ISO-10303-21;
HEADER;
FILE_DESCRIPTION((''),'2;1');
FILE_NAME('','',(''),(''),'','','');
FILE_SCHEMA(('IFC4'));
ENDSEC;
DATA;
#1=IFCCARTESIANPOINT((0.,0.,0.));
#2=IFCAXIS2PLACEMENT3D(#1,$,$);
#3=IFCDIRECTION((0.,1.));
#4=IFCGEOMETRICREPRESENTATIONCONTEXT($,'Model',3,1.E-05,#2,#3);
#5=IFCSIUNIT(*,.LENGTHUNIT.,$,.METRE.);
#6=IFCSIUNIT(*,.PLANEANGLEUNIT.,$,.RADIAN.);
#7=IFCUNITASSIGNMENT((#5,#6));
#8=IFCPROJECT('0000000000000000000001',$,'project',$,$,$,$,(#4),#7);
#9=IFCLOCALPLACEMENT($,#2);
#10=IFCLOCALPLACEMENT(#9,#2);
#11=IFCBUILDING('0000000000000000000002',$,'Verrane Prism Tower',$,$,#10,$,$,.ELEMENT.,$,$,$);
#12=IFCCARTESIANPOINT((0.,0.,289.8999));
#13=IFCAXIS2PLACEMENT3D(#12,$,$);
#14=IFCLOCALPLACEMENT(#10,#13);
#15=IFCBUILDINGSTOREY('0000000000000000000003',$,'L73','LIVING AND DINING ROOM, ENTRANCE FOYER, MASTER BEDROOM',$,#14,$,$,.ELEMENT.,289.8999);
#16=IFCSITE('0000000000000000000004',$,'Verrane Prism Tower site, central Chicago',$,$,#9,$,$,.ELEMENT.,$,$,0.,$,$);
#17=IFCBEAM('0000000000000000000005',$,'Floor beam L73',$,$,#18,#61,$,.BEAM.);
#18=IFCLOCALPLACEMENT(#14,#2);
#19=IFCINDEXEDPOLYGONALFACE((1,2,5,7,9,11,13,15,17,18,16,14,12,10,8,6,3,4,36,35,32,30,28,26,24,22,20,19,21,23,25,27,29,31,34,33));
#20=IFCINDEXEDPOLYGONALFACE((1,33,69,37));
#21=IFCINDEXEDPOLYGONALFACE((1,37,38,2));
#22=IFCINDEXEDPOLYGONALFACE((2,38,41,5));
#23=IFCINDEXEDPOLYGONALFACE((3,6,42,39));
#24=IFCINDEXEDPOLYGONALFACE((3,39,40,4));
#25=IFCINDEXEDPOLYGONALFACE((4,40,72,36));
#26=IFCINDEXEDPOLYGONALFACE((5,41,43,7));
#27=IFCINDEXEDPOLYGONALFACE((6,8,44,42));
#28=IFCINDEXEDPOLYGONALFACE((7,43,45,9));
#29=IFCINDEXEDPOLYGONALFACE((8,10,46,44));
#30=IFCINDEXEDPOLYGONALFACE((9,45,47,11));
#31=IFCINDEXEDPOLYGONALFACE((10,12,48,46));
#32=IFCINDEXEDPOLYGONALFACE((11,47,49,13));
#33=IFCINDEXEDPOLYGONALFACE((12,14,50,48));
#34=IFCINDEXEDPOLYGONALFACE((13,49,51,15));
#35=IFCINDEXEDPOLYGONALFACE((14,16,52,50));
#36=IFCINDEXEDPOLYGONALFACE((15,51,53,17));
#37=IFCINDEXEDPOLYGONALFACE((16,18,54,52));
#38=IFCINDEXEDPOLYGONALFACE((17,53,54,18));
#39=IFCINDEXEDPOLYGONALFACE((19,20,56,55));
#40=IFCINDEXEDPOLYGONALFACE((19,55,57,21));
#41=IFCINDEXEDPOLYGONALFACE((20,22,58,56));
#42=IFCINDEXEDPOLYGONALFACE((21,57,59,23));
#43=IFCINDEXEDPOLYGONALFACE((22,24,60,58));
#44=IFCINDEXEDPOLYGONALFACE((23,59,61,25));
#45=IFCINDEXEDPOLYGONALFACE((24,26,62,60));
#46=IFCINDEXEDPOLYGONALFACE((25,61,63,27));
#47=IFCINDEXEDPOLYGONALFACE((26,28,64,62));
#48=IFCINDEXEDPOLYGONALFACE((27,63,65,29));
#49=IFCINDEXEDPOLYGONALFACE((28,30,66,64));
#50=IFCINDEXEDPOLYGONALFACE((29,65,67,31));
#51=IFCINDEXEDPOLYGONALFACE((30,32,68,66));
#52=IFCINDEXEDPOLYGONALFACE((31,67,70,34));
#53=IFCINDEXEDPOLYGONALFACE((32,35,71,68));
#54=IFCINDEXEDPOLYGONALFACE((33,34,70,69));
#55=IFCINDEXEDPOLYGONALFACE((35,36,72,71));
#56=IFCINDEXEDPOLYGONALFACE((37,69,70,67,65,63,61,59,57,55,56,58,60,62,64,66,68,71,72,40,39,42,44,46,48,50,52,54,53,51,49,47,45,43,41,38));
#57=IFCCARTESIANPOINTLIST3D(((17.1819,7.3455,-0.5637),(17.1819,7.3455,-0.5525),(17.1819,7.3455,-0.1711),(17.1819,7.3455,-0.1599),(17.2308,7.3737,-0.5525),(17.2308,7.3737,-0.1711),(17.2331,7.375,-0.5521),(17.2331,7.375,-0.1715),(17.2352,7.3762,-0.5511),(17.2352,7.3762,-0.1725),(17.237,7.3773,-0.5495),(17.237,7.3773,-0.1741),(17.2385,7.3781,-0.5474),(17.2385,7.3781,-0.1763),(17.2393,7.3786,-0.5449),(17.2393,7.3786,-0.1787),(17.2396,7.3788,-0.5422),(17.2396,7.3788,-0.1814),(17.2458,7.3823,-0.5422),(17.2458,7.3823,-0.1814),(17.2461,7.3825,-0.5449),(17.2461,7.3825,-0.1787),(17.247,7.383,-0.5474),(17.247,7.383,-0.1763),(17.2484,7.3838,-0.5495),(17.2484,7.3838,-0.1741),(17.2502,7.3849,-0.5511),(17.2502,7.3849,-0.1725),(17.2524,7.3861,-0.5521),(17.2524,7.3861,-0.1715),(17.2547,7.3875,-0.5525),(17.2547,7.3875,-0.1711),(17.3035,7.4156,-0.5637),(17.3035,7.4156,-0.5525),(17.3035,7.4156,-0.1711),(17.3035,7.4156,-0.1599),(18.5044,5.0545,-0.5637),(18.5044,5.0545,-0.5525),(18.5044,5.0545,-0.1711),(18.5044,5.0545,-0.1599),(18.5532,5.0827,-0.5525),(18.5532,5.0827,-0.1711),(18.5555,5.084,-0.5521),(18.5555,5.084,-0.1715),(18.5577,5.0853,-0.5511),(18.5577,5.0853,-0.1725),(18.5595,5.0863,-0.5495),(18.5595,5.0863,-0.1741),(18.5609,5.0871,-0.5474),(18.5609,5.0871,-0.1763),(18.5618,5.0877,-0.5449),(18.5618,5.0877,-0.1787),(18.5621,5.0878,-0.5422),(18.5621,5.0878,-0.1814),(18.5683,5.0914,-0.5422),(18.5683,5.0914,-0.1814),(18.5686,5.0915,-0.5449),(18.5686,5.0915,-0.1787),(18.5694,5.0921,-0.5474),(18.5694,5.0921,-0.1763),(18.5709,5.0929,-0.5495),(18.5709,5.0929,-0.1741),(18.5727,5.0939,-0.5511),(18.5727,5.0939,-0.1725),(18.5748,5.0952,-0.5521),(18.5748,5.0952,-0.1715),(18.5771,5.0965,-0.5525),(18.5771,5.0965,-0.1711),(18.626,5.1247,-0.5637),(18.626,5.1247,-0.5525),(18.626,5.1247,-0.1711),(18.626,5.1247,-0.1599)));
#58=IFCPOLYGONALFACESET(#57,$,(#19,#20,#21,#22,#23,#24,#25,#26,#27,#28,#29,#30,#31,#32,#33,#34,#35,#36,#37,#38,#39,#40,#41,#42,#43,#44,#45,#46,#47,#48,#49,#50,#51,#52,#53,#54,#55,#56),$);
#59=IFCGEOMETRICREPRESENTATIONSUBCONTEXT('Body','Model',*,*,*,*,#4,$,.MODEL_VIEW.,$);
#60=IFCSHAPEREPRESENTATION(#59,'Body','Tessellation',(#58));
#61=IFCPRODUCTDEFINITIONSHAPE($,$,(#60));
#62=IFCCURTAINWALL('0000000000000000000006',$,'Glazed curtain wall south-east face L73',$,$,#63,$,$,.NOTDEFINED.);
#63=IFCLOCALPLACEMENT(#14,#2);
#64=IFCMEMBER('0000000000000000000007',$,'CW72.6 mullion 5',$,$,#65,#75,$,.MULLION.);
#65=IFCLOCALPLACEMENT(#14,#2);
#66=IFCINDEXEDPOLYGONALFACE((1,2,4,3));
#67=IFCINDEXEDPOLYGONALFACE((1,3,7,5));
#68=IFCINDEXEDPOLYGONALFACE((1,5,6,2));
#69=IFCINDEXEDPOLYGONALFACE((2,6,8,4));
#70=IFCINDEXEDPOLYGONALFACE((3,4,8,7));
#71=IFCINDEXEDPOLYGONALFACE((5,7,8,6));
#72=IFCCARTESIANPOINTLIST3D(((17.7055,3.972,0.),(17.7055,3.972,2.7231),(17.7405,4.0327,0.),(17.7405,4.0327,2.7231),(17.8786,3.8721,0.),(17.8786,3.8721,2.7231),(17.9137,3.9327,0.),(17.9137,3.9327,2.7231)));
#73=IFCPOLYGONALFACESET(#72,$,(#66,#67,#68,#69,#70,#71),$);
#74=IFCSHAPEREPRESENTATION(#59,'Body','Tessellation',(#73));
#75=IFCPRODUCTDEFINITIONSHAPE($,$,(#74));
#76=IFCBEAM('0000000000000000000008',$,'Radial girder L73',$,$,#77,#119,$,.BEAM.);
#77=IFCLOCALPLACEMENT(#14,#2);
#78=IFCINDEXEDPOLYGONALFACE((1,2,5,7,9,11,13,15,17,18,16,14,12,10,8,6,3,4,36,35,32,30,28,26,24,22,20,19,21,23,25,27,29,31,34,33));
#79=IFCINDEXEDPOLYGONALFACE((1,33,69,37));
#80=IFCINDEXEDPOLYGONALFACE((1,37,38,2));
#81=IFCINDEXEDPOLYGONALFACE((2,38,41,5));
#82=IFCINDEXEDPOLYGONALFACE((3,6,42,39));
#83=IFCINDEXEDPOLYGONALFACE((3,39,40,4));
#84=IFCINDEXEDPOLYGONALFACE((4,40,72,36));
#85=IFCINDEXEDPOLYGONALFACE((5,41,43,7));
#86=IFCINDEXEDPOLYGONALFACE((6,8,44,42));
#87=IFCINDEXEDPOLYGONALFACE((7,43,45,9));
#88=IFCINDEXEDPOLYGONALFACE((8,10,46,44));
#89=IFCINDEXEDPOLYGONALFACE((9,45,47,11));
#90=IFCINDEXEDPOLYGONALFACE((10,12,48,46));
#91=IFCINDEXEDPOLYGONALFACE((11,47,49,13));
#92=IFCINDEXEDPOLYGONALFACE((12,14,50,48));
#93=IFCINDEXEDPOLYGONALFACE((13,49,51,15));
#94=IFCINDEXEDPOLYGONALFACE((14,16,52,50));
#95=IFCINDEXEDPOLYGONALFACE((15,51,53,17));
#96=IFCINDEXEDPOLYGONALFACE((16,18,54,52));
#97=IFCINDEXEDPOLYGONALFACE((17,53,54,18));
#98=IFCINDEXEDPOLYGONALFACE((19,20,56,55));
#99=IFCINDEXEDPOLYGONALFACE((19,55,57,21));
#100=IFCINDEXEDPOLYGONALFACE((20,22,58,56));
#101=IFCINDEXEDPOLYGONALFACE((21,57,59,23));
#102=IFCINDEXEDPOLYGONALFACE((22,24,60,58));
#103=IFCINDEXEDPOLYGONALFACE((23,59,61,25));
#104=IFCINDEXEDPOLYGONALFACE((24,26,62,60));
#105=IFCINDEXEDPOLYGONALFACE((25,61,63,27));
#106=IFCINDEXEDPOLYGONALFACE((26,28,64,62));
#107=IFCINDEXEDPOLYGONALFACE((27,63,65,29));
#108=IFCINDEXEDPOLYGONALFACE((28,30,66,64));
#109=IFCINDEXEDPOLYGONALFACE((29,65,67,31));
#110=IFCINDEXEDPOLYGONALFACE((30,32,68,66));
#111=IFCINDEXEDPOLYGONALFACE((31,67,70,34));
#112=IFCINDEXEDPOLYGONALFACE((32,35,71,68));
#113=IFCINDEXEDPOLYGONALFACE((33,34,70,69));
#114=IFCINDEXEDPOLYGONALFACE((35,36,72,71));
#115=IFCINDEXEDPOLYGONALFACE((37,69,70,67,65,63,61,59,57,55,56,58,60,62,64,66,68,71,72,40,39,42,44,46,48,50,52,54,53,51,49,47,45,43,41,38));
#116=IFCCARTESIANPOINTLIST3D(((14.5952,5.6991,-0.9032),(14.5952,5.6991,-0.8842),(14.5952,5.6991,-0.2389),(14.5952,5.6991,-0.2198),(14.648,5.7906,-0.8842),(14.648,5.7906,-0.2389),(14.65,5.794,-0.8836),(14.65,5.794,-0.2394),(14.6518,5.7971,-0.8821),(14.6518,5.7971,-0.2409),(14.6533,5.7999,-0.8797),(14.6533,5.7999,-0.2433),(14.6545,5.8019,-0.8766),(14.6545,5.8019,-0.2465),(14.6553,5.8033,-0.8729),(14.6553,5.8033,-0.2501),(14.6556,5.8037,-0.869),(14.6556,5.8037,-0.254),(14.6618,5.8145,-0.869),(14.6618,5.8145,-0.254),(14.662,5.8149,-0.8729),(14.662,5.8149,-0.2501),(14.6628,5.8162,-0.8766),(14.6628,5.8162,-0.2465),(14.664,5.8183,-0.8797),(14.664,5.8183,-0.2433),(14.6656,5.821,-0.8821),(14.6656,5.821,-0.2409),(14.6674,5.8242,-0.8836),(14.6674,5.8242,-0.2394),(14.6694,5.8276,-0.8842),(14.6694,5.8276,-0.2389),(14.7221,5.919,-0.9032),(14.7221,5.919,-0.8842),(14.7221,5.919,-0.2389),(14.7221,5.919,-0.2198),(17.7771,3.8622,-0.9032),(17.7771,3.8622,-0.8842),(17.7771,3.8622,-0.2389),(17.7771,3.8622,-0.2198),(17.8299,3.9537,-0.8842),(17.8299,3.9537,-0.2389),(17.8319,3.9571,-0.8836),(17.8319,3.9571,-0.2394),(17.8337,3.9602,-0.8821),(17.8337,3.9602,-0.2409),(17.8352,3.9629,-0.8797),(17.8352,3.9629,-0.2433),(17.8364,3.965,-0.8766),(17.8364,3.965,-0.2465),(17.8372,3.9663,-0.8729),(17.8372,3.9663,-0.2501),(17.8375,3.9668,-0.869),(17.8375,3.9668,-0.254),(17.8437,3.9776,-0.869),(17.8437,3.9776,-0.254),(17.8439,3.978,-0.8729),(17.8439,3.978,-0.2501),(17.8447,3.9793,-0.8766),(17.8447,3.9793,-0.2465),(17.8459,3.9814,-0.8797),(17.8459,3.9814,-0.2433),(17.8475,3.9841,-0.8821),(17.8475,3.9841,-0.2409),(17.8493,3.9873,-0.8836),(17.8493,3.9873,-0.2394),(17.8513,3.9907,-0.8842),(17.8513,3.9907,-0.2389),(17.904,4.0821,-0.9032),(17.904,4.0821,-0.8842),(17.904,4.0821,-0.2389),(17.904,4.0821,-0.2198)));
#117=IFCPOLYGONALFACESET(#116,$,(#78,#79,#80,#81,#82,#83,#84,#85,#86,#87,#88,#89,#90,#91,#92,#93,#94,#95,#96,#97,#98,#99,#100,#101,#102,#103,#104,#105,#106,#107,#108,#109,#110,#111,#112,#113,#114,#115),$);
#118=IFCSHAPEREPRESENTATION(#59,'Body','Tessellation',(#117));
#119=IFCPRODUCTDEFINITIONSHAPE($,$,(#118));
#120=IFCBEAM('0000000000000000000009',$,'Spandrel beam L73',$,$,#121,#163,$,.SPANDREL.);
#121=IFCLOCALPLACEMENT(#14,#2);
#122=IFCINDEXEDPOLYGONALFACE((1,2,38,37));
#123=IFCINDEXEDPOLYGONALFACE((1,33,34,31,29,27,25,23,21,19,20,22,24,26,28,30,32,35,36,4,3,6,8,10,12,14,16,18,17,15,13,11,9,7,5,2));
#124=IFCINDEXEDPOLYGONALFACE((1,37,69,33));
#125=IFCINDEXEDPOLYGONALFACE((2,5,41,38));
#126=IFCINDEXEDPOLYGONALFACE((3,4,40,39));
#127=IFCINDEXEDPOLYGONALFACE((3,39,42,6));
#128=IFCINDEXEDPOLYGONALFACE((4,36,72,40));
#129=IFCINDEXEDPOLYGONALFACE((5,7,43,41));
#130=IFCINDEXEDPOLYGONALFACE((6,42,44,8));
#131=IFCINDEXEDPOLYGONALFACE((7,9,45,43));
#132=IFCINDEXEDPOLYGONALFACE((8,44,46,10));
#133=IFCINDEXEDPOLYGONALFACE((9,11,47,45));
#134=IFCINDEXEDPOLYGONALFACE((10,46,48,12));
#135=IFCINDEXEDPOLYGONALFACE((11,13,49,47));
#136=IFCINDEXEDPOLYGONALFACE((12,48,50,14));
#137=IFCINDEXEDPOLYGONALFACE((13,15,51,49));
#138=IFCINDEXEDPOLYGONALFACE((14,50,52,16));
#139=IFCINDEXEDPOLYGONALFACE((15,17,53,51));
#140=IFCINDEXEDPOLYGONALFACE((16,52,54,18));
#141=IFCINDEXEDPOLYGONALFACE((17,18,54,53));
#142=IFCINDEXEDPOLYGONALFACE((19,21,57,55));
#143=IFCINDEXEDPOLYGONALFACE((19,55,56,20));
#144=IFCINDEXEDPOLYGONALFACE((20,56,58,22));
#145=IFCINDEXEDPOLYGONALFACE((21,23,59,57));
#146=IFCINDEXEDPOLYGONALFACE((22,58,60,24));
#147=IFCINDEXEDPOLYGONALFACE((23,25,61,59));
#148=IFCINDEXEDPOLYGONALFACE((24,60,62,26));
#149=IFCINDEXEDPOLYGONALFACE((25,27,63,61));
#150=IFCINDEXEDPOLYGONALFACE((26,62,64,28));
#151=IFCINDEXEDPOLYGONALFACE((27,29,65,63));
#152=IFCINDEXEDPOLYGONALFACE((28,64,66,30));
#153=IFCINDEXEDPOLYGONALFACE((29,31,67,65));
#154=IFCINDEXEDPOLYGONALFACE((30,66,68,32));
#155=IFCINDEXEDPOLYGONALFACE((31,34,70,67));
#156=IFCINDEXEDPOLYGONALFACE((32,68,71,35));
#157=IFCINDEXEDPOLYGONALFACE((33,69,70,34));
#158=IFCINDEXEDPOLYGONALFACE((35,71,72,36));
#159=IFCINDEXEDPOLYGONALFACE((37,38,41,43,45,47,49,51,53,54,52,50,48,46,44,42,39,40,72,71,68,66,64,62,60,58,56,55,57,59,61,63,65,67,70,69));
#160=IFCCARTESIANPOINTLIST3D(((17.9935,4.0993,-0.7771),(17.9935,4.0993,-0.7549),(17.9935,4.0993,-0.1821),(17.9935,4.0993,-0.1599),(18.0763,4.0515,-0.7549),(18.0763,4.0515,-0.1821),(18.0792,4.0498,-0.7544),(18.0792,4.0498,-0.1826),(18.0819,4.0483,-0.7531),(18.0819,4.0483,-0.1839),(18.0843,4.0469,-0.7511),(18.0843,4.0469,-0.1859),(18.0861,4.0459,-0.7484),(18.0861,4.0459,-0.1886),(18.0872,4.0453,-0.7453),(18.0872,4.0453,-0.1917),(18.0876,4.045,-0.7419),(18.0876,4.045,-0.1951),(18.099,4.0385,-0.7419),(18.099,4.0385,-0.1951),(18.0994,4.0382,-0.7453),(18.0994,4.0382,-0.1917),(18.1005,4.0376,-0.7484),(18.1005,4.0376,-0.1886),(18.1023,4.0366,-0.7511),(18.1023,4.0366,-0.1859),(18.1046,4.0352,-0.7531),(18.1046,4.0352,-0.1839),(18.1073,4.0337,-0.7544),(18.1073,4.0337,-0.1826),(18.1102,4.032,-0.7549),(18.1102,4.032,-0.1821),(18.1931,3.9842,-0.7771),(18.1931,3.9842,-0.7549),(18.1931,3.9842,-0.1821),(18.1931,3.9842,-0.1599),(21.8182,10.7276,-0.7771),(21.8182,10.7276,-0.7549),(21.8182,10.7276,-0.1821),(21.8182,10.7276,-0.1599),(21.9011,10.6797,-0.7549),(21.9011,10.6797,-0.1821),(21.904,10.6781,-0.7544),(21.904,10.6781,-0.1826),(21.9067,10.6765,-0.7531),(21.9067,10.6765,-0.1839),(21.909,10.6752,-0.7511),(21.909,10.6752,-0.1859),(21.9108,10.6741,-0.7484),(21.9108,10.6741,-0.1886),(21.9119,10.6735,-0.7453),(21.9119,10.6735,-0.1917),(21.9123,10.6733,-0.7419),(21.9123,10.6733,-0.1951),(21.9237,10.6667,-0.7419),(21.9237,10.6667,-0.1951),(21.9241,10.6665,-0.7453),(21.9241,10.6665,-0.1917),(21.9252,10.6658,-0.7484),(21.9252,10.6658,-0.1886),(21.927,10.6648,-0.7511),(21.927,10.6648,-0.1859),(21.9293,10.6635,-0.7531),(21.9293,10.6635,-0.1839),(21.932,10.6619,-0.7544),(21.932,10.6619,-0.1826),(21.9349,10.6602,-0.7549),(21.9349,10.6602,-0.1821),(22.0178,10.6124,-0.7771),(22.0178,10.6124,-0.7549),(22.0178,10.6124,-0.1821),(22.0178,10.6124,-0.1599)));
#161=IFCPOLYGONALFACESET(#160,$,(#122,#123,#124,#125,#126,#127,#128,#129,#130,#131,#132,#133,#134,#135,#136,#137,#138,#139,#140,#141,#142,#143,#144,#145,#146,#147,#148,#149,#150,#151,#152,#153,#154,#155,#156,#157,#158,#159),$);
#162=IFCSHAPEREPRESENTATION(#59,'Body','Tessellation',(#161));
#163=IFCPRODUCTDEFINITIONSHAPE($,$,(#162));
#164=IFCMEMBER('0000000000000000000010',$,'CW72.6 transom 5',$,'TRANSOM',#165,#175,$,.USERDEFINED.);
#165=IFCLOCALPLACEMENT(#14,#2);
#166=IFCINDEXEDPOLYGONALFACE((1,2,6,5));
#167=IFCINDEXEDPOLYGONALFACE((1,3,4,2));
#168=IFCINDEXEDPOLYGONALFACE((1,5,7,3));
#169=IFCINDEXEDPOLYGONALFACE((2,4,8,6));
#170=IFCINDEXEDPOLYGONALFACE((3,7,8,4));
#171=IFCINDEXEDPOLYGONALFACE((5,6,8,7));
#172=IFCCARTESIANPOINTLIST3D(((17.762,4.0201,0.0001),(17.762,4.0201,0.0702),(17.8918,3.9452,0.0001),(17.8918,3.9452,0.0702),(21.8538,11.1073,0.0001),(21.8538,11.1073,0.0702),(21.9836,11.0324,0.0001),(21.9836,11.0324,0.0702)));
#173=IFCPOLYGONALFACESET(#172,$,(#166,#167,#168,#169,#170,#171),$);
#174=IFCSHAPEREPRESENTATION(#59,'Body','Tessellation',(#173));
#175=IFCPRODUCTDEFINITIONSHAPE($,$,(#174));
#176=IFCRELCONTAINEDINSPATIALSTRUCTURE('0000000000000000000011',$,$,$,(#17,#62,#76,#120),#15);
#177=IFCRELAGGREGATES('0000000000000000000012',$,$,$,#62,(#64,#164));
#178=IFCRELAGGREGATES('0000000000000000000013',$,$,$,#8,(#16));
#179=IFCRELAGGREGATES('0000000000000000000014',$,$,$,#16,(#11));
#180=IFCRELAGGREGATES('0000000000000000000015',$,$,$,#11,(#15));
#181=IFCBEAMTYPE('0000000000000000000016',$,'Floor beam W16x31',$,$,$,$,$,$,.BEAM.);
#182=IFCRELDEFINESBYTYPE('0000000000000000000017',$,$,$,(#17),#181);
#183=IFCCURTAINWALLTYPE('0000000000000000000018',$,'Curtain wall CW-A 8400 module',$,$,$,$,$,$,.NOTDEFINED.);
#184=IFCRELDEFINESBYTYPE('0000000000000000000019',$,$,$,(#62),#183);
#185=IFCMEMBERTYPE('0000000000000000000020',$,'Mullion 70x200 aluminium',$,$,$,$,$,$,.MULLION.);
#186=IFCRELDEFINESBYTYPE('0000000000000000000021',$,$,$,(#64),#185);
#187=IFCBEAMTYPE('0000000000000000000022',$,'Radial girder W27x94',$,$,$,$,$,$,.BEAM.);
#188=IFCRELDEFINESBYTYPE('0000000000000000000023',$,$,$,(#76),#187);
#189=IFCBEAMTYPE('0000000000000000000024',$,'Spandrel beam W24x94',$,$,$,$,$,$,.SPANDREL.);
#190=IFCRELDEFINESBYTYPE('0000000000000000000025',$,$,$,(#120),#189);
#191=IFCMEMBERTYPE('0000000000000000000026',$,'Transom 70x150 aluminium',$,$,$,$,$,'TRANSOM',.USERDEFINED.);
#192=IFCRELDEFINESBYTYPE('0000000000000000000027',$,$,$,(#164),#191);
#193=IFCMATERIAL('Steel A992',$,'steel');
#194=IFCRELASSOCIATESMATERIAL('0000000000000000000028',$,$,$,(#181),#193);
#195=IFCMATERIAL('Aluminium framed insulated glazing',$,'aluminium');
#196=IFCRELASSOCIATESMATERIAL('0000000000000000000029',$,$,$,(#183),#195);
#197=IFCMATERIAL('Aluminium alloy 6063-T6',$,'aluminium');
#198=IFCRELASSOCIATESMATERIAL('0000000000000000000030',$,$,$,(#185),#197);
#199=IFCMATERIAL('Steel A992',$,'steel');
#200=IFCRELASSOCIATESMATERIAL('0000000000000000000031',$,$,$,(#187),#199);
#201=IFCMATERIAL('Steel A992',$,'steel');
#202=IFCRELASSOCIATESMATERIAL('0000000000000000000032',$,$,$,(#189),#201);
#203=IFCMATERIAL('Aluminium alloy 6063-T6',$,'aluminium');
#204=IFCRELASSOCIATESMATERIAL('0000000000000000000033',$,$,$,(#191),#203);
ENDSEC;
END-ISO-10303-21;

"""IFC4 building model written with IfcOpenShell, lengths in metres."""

from ifc_helpers import new_model, si_unit, direction, frame, origin, origin_2d, place, context, subcontext, project, spatial, rectangle, i_section, extrude, material, material_profile, profile_set, type_object, element, aggregate, save


model = new_model("IFC4")

# Units and contexts
model_context = context("Model", 3, precision=1e-05, world=origin(), true_north=direction((0.0, 1.0)))
body_context = subcontext(model_context, "Body", "Model", "MODEL_VIEW")
ifc_project = project(units=[si_unit("LENGTHUNIT", "METRE"), si_unit("PLANEANGLEUNIT", "RADIAN")], contexts=[model_context])

# Site, building, storey
site_placement = place(None, origin())
site = spatial("IfcSite", under=ifc_project, at=site_placement, Name="Verrane Prism Tower site, central Chicago", CompositionType="ELEMENT", RefElevation=0.0)
building_placement = place(site_placement, origin())
building = spatial("IfcBuilding", under=site, at=building_placement, Name="Verrane Prism Tower", CompositionType="ELEMENT")
storey_placement = place(building_placement, frame((0.0, 0.0, 289.8999)))
storey = spatial("IfcBuildingStorey", under=building, at=storey_placement, Name="L73", Description="LIVING AND DINING ROOM, ENTRANCE FOYER, MASTER BEDROOM", CompositionType="ELEMENT", Elevation=289.8999)

# Beam
ifc_material_1 = material(Name="Steel A992", Category="steel")
ifc_material_profile_1 = material_profile(ifc_material_1, i_section(OverallWidth=0.1404, OverallDepth=0.4038, WebThickness=0.0071, FlangeThickness=0.0112, FilletRadius=0.0103, at=origin_2d()), Name="W16x31")
ifc_profile_set_1 = profile_set([ifc_material_profile_1], Name="Steel A992")
beam_type_1 = type_object("IfcBeamType", Name="Floor beam W16x31", PredefinedType="BEAM", material=ifc_profile_set_1)
beam_1_placement = place(storey_placement, frame((18.5652, 5.0896, -0.3618), z_axis=(-0.499941, 0.86606, 0.0), x_axis=(-0.86606, -0.499941, 0.0)))
element("IfcBeam", 1, at=beam_1_placement, inside=storey, type_object=beam_type_1, Name="Floor beam L73", PredefinedType="BEAM", context=body_context, shape_type="SweptSolid", body=[
    extrude(i_section(OverallWidth=0.1404, OverallDepth=0.4038, WebThickness=0.0071, FlangeThickness=0.0112, FilletRadius=0.0103, at=origin_2d()), origin(), (0.0, 0.0, 1.0), 2.6453),
])

# Curtain wall, member
ifc_material_2 = material(Name="Aluminium framed insulated glazing", Category="aluminium")
curtain_wall_type = type_object("IfcCurtainWallType", Name="Curtain wall CW-A 8400 module", PredefinedType="NOTDEFINED", material=ifc_material_2)
curtain_wall_placement = place(storey_placement, origin())
curtain_wall = element("IfcCurtainWall", 2, at=curtain_wall_placement, inside=storey, type_object=curtain_wall_type, Name="Glazed curtain wall south-east face L73", PredefinedType="NOTDEFINED")
ifc_material_3 = material(Name="Aluminium alloy 6063-T6", Category="aluminium")
ifc_material_profile_2 = material_profile(ifc_material_3, rectangle(XDim=0.2, YDim=0.0701, at=origin_2d()), Name="Mullion 70x200 aluminium")
ifc_profile_set_2 = profile_set([ifc_material_profile_2], Name="Aluminium alloy 6063-T6")
member_type_1 = type_object("IfcMemberType", Name="Mullion 70x200 aluminium", PredefinedType="MULLION", material=ifc_profile_set_2)
member_1_placement = place(storey_placement, frame((17.8096, 3.9524, 0.0), z_axis=(0.0, 0.0, 1.0), x_axis=(-0.866025, 0.500001, 0.0)))
member_1 = element("IfcMember", 3, at=member_1_placement, type_object=member_type_1, Name="CW72.6 mullion 5", PredefinedType="MULLION", context=body_context, shape_type="SweptSolid", body=[
    extrude(rectangle(XDim=0.2, YDim=0.0701, at=origin_2d()), origin(), (0.0, 0.0, 1.0), 2.7231),
])

# Beams
ifc_material_4 = material(Name="Steel A992", Category="steel")
ifc_material_profile_3 = material_profile(ifc_material_4, i_section(OverallWidth=0.2539, OverallDepth=0.6833, WebThickness=0.0125, FlangeThickness=0.019, FilletRadius=0.0151, at=origin_2d()), Name="W27x94")
ifc_profile_set_3 = profile_set([ifc_material_profile_3], Name="Steel A992")
beam_type_2 = type_object("IfcBeamType", Name="Radial girder W27x94", PredefinedType="BEAM", material=ifc_profile_set_3)
beam_2_placement = place(storey_placement, frame((17.8406, 3.9722, -0.5615), z_axis=(-0.866043, 0.49997, 0.0), x_axis=(-0.49997, -0.866043, 0.0)))
element("IfcBeam", 4, at=beam_2_placement, inside=storey, type_object=beam_type_2, Name="Radial girder L73", PredefinedType="BEAM", context=body_context, shape_type="SweptSolid", body=[
    extrude(i_section(OverallWidth=0.2539, OverallDepth=0.6833, WebThickness=0.0125, FlangeThickness=0.019, FilletRadius=0.0151, at=origin_2d()), origin(), (0.0, 0.0, 1.0), 3.6741),
])
ifc_material_5 = material(Name="Steel A992", Category="steel")
ifc_material_profile_4 = material_profile(ifc_material_5, i_section(OverallWidth=0.2305, OverallDepth=0.6172, WebThickness=0.0132, FlangeThickness=0.0222, FilletRadius=0.0129, at=origin_2d()), Name="W24x94")
ifc_profile_set_4 = profile_set([ifc_material_profile_4], Name="Steel A992")
beam_type_3 = type_object("IfcBeamType", Name="Spandrel beam W24x94", PredefinedType="SPANDREL", material=ifc_profile_set_4)
beam_3_placement = place(storey_placement, frame((18.0933, 4.0417, -0.4685), z_axis=(0.499797, 0.866143, 0.0), x_axis=(-0.866143, 0.499797, 0.0)))
element("IfcBeam", 5, at=beam_3_placement, inside=storey, type_object=beam_type_3, Name="Spandrel beam L73", PredefinedType="SPANDREL", context=body_context, shape_type="SweptSolid", body=[
    extrude(i_section(OverallWidth=0.2305, OverallDepth=0.6172, WebThickness=0.0132, FlangeThickness=0.0222, FilletRadius=0.0129, at=origin_2d()), origin(), (0.0, 0.0, 1.0), 7.6526),
])

# Member
ifc_material_6 = material(Name="Aluminium alloy 6063-T6", Category="aluminium")
ifc_material_profile_5 = material_profile(ifc_material_6, rectangle(XDim=0.1499, YDim=0.0701, at=origin_2d()), Name="Transom 70x150 aluminium")
ifc_profile_set_5 = profile_set([ifc_material_profile_5], Name="Aluminium alloy 6063-T6")
member_type_2 = type_object("IfcMemberType", Name="Transom 70x150 aluminium", ElementType="TRANSOM", PredefinedType="USERDEFINED", material=ifc_profile_set_5)
member_2_placement = place(storey_placement, frame((17.8269, 3.9827, 0.0352), z_axis=(0.500002, 0.866024, 0.0), x_axis=(-0.866024, 0.500002, 0.0)))
member_2 = element("IfcMember", 6, at=member_2_placement, type_object=member_type_2, Name="CW72.6 transom 5", ObjectType="TRANSOM", PredefinedType="USERDEFINED", context=body_context, shape_type="SweptSolid", body=[
    extrude(rectangle(XDim=0.1499, YDim=0.0701, at=origin_2d()), origin(), (0.0, 0.0, 1.0), 8.1836),
])

aggregate(curtain_wall, [member_1, member_2])

save(model, "model.ifc")
